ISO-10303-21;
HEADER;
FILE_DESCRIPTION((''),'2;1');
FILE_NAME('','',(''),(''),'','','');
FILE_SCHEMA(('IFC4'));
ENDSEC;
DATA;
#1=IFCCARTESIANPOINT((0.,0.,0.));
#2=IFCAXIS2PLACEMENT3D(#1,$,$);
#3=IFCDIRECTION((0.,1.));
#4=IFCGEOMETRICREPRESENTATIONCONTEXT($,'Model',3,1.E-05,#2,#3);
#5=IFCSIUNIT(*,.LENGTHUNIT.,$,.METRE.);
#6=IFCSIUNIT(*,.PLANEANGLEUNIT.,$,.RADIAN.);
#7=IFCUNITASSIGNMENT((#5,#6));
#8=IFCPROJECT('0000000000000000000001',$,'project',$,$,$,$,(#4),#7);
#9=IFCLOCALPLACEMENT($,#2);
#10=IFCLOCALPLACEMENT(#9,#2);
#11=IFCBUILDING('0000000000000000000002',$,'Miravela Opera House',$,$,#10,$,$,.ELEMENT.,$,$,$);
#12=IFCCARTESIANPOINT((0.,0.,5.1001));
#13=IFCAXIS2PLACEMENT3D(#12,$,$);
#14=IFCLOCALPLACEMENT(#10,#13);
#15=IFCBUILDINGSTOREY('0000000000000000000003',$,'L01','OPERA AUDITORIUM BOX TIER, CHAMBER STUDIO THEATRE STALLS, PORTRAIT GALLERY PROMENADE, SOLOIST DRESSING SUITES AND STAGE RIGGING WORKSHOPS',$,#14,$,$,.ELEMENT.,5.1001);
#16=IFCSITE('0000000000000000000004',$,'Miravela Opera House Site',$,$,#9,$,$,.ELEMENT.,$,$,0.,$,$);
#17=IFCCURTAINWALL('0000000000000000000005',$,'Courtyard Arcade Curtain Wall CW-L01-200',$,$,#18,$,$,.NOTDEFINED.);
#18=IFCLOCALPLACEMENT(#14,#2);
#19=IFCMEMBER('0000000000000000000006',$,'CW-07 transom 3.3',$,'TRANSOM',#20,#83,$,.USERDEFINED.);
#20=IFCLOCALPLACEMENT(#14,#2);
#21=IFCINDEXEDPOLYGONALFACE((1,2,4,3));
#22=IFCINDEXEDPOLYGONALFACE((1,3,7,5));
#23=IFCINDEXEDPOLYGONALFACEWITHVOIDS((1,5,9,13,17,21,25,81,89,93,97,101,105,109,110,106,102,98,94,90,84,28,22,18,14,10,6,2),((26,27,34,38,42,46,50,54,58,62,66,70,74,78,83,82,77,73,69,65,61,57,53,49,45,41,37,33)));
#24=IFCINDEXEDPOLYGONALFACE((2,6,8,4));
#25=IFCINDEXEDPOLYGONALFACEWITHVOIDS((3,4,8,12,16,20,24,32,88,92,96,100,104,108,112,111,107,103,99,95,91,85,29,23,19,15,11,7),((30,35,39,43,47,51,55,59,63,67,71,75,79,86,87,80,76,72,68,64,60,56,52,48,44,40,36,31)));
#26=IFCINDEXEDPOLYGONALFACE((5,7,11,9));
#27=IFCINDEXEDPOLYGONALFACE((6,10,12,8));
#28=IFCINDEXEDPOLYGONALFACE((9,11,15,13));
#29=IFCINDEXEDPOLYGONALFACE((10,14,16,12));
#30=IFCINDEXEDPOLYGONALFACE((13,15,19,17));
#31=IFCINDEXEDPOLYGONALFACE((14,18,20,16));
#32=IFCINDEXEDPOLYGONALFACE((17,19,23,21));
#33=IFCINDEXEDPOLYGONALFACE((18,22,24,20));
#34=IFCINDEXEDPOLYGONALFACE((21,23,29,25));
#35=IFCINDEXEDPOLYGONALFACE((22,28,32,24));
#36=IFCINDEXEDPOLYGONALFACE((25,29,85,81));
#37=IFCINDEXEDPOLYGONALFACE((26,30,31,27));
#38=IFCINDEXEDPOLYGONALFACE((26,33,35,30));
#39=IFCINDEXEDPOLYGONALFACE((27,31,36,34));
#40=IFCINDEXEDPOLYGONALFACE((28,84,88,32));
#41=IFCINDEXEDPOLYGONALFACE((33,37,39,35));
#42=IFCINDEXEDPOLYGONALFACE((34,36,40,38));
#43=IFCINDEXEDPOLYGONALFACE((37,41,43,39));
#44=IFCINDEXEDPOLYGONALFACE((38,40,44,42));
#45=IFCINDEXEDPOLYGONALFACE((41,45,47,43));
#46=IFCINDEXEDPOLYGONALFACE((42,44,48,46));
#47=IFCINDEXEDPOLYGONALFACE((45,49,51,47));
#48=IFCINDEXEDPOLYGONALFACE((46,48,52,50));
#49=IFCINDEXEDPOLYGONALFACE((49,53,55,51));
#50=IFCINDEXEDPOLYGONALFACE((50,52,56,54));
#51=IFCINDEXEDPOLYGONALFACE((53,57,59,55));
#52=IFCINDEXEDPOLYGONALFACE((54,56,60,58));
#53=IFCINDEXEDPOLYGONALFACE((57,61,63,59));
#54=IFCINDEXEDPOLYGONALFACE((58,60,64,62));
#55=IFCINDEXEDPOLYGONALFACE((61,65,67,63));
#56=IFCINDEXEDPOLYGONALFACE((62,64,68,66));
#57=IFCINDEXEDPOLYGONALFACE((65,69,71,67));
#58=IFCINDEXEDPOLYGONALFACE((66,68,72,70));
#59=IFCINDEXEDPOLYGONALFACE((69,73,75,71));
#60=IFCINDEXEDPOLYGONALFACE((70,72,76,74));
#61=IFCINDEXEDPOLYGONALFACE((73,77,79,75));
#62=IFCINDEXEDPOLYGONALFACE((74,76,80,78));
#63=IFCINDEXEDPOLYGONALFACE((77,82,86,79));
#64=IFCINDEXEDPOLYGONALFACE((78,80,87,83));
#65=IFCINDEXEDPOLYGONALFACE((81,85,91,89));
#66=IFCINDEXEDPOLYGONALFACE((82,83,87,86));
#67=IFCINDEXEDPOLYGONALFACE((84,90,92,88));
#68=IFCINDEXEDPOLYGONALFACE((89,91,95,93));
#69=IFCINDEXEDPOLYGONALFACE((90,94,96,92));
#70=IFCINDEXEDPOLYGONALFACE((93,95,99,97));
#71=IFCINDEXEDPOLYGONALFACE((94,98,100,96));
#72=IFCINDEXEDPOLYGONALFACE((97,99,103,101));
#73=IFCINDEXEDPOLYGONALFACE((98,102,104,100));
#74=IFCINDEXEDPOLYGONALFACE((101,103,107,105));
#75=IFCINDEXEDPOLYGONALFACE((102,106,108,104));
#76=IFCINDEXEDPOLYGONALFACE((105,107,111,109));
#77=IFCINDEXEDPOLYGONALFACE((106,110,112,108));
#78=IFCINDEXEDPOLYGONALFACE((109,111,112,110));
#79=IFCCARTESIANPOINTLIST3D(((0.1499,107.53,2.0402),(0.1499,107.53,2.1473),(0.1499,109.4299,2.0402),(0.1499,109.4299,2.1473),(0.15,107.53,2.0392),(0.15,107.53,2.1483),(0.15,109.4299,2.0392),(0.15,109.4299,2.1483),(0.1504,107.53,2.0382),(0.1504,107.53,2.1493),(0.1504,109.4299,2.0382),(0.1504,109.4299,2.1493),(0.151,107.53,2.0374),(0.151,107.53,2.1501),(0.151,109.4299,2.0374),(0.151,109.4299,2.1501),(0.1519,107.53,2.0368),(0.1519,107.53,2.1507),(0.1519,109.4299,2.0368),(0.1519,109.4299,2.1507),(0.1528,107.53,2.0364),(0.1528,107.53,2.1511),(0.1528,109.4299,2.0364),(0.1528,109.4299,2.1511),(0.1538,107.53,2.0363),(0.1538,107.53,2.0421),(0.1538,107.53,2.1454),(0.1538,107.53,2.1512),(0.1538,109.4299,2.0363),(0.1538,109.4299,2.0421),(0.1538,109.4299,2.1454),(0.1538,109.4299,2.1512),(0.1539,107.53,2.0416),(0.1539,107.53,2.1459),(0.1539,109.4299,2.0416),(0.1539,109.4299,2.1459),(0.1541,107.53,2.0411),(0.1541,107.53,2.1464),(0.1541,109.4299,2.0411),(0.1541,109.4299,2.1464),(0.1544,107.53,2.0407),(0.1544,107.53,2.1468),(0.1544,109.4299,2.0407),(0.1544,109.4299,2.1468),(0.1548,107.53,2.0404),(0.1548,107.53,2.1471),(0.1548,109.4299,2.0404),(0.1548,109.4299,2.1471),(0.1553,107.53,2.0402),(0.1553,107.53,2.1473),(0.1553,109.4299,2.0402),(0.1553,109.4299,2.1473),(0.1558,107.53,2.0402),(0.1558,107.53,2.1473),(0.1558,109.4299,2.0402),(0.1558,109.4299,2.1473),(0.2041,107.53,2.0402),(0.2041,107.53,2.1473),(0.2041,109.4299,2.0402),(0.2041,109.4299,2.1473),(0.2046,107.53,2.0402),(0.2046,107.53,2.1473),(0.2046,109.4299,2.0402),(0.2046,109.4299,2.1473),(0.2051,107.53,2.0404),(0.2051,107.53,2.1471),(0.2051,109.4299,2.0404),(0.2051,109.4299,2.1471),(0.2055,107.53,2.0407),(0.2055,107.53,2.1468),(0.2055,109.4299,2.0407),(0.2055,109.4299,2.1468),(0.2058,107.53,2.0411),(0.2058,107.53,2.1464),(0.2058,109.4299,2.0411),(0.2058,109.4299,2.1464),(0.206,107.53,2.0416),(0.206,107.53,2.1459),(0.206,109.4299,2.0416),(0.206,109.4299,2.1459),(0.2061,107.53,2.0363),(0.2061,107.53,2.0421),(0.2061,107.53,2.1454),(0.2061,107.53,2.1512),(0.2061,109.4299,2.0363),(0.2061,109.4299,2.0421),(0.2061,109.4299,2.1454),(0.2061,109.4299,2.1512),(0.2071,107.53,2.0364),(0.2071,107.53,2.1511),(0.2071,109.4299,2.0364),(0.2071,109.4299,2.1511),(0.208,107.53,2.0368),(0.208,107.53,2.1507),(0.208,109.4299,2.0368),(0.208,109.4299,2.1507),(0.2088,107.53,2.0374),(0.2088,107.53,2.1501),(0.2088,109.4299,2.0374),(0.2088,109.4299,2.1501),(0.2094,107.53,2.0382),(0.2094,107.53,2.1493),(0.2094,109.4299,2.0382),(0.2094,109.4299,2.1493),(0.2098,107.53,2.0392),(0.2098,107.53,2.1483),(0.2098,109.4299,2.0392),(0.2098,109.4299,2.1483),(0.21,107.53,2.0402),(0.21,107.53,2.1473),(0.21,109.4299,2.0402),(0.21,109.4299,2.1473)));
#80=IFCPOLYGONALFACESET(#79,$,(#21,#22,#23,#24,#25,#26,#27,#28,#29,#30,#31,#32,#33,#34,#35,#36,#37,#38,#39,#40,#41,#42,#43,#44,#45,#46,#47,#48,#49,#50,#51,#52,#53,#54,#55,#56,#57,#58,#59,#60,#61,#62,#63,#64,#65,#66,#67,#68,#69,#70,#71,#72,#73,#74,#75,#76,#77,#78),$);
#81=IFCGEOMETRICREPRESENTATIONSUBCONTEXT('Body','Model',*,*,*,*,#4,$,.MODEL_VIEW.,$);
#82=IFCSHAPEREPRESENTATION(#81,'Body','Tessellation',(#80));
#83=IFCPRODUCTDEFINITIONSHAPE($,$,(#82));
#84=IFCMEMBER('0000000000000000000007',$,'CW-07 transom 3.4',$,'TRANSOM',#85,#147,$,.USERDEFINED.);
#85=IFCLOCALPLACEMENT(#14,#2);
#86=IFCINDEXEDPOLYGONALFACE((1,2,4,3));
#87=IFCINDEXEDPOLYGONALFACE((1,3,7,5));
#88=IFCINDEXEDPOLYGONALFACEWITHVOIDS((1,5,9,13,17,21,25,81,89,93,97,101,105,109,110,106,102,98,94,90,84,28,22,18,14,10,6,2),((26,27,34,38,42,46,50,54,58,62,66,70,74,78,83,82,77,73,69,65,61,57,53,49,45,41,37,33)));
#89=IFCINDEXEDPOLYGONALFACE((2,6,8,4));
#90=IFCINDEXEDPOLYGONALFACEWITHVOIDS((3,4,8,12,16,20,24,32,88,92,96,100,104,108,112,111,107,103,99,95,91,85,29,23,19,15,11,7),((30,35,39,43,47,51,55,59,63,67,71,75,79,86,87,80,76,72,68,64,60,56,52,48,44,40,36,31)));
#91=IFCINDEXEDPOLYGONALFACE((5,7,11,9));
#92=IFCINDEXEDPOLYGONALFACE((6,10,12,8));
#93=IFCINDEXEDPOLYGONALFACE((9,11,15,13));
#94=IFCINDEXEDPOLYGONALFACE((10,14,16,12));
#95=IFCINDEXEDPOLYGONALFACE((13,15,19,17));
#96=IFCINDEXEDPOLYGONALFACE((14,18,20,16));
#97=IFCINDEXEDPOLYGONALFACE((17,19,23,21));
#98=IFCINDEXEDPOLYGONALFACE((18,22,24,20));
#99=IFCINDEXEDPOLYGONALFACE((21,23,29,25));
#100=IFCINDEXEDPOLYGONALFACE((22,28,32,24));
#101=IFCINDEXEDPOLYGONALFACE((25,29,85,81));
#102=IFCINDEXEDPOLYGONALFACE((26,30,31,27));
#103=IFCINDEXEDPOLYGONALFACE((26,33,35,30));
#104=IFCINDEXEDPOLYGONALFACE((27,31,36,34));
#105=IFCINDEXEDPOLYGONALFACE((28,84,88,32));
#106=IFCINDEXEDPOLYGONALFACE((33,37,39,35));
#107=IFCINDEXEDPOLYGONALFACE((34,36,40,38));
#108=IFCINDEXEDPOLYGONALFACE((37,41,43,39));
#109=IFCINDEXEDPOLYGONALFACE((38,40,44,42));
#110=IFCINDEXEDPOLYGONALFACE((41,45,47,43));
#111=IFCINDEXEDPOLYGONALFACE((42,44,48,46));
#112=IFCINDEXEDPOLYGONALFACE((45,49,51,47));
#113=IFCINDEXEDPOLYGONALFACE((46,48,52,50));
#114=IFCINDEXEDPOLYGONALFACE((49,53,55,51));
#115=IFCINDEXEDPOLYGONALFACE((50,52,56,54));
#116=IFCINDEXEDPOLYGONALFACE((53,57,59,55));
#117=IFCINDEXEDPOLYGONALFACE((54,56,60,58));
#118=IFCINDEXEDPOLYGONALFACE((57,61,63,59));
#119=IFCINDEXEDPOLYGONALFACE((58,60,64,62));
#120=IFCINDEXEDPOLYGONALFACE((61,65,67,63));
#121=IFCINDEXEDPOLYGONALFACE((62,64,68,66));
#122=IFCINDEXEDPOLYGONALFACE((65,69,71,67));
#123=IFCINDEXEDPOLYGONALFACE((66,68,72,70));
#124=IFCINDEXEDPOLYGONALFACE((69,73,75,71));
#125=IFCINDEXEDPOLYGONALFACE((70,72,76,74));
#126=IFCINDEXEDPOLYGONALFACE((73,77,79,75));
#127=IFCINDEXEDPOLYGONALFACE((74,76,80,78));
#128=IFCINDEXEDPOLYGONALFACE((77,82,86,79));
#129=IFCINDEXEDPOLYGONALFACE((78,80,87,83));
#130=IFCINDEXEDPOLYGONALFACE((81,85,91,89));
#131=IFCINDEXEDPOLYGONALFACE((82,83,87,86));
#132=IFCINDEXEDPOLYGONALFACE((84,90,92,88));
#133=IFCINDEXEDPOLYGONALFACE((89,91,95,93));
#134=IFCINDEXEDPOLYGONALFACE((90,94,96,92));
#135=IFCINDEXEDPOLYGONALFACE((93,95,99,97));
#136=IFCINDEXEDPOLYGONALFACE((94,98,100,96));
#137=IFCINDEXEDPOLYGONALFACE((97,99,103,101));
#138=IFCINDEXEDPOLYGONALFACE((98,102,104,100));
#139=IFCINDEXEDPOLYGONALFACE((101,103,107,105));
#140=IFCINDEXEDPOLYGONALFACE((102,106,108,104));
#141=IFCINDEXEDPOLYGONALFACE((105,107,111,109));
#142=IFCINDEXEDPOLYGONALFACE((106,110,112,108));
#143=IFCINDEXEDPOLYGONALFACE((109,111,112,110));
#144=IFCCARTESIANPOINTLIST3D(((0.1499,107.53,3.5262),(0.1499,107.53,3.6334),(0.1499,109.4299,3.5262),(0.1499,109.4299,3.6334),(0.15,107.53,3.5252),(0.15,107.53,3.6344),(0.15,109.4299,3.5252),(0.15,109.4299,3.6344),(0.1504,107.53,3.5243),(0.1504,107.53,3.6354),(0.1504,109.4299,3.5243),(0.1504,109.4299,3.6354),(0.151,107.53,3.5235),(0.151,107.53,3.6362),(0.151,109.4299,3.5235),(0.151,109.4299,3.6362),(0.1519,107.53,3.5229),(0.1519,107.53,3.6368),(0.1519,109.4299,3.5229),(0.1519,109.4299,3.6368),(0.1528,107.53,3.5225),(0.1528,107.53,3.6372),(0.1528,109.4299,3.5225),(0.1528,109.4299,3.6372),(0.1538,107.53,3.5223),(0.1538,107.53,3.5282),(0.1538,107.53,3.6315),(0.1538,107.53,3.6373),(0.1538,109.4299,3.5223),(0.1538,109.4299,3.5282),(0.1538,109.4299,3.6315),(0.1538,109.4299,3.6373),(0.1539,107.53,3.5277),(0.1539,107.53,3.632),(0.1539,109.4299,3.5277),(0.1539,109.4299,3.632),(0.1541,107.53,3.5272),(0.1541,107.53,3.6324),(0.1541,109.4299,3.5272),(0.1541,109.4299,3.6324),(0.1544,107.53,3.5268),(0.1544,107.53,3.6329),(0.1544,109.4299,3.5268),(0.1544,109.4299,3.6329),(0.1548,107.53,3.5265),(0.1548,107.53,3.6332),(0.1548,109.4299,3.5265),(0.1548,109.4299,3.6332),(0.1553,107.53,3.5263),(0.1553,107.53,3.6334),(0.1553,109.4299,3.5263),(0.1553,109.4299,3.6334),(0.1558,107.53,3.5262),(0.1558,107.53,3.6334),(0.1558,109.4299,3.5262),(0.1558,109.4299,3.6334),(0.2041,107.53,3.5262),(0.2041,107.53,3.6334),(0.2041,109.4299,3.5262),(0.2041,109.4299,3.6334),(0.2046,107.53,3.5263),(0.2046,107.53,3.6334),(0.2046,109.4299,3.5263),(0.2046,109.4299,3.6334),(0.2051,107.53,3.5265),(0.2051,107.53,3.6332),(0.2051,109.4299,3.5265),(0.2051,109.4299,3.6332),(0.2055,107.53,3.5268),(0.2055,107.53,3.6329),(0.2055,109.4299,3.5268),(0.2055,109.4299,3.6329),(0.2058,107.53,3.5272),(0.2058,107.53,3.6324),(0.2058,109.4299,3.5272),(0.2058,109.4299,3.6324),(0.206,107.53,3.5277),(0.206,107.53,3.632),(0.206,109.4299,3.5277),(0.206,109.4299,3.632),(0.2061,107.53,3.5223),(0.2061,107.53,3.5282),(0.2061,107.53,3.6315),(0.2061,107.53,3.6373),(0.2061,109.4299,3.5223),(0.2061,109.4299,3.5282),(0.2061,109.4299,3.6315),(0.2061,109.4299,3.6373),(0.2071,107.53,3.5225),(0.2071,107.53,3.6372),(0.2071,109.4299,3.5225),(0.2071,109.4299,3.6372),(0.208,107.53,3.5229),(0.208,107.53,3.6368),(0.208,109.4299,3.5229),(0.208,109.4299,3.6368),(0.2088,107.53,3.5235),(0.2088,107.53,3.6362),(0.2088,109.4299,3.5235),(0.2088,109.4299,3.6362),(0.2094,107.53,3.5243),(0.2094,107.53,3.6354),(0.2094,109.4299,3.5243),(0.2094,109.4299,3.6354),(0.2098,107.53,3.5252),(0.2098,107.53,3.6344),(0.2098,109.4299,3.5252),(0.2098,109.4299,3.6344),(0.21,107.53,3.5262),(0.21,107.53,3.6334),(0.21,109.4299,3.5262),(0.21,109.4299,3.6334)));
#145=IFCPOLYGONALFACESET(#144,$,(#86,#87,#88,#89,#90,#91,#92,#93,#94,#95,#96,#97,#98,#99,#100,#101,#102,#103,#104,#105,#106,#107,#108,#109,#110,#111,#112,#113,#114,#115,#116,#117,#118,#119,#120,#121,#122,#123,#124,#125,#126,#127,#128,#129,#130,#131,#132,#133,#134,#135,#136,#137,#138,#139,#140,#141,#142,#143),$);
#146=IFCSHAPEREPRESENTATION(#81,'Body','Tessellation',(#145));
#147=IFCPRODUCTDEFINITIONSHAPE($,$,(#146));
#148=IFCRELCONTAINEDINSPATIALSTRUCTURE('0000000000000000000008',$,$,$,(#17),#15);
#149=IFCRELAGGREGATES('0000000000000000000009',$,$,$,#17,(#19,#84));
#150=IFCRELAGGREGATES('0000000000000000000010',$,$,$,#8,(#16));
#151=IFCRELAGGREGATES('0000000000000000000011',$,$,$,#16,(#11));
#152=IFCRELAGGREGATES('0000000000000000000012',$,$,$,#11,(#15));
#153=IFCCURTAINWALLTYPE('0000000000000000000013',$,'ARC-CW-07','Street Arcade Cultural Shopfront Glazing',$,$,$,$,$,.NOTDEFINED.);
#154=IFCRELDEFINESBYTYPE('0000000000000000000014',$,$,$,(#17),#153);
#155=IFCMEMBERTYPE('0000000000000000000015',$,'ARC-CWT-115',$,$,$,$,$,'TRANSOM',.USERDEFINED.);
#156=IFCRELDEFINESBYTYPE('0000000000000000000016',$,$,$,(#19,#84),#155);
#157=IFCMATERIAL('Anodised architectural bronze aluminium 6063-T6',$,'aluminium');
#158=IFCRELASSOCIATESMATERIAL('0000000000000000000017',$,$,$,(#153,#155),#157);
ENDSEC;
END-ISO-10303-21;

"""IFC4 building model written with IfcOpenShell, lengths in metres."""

from ifc_helpers import new_model, si_unit, direction, frame, origin, origin_2d, place, context, subcontext, project, spatial, hollow_rectangle, extrude, material, material_profile, profile_set, type_object, element, aggregate, save


model = new_model("IFC4")

# Units and contexts
model_context = context("Model", 3, precision=1e-05, world=origin(), true_north=direction((0.0, 1.0)))
body_context = subcontext(model_context, "Body", "Model", "MODEL_VIEW")
ifc_project = project(units=[si_unit("LENGTHUNIT", "METRE"), si_unit("PLANEANGLEUNIT", "RADIAN")], contexts=[model_context])

# Site, building, storey
site_placement = place(None, origin())
site = spatial("IfcSite", under=ifc_project, at=site_placement, Name="Miravela Opera House Site", CompositionType="ELEMENT", RefElevation=0.0)
building_placement = place(site_placement, origin())
building = spatial("IfcBuilding", under=site, at=building_placement, Name="Miravela Opera House", CompositionType="ELEMENT")
storey_placement = place(building_placement, frame((0.0, 0.0, 5.1001)))
storey = spatial("IfcBuildingStorey", under=building, at=storey_placement, Name="L01", Description="OPERA AUDITORIUM BOX TIER, CHAMBER STUDIO THEATRE STALLS, PORTRAIT GALLERY PROMENADE, SOLOIST DRESSING SUITES AND STAGE RIGGING WORKSHOPS", CompositionType="ELEMENT", Elevation=5.1001)

# Curtain wall, members
ifc_material_1 = material(Name="Anodised architectural bronze aluminium 6063-T6", Category="aluminium")
curtain_wall_type = type_object("IfcCurtainWallType", Name="ARC-CW-07", Description="Street Arcade Cultural Shopfront Glazing", PredefinedType="NOTDEFINED", material=ifc_material_1)
curtain_wall_placement = place(storey_placement, origin())
curtain_wall = element("IfcCurtainWall", 1, at=curtain_wall_placement, inside=storey, type_object=curtain_wall_type, Name="Courtyard Arcade Curtain Wall CW-L01-200", PredefinedType="NOTDEFINED")
ifc_material_profile_1 = material_profile(ifc_material_1, hollow_rectangle(XDim=0.0601, YDim=0.115, WallThickness=0.0039, InnerFilletRadius=0.002, OuterFilletRadius=0.0039, at=origin_2d()), Name="CWT-60X115")
ifc_profile_set_1 = profile_set([ifc_material_profile_1])
member_type_1 = type_object("IfcMemberType", Name="ARC-CWT-115", ElementType="TRANSOM", PredefinedType="USERDEFINED", material=ifc_profile_set_1)
member_1_placement = place(storey_placement, frame((0.1799, 107.53, 2.0938), z_axis=(0.0, 1.0, 0.0), x_axis=(-1.0, 0.0, 0.0)))
member_1 = element("IfcMember", 2, at=member_1_placement, type_object=member_type_1, Name="CW-07 transom 3.3", ObjectType="TRANSOM", PredefinedType="USERDEFINED", context=body_context, shape_type="SweptSolid", body=[
    extrude(hollow_rectangle(XDim=0.0601, YDim=0.115, WallThickness=0.0039, InnerFilletRadius=0.002, OuterFilletRadius=0.0039, at=origin_2d()), origin(), (0.0, 0.0, 1.0), 1.8999),
])
member_2_placement = place(storey_placement, frame((0.1799, 107.53, 3.5798), z_axis=(0.0, 1.0, 0.0), x_axis=(-1.0, 0.0, 0.0)))
member_2 = element("IfcMember", 3, at=member_2_placement, type_object=member_type_1, Name="CW-07 transom 3.4", ObjectType="TRANSOM", PredefinedType="USERDEFINED", context=body_context, shape_type="SweptSolid", body=[
    extrude(hollow_rectangle(XDim=0.0601, YDim=0.115, WallThickness=0.0039, InnerFilletRadius=0.002, OuterFilletRadius=0.0039, at=origin_2d()), origin(), (0.0, 0.0, 1.0), 1.8999),
])

aggregate(curtain_wall, [member_1, member_2])

save(model, "model.ifc")
